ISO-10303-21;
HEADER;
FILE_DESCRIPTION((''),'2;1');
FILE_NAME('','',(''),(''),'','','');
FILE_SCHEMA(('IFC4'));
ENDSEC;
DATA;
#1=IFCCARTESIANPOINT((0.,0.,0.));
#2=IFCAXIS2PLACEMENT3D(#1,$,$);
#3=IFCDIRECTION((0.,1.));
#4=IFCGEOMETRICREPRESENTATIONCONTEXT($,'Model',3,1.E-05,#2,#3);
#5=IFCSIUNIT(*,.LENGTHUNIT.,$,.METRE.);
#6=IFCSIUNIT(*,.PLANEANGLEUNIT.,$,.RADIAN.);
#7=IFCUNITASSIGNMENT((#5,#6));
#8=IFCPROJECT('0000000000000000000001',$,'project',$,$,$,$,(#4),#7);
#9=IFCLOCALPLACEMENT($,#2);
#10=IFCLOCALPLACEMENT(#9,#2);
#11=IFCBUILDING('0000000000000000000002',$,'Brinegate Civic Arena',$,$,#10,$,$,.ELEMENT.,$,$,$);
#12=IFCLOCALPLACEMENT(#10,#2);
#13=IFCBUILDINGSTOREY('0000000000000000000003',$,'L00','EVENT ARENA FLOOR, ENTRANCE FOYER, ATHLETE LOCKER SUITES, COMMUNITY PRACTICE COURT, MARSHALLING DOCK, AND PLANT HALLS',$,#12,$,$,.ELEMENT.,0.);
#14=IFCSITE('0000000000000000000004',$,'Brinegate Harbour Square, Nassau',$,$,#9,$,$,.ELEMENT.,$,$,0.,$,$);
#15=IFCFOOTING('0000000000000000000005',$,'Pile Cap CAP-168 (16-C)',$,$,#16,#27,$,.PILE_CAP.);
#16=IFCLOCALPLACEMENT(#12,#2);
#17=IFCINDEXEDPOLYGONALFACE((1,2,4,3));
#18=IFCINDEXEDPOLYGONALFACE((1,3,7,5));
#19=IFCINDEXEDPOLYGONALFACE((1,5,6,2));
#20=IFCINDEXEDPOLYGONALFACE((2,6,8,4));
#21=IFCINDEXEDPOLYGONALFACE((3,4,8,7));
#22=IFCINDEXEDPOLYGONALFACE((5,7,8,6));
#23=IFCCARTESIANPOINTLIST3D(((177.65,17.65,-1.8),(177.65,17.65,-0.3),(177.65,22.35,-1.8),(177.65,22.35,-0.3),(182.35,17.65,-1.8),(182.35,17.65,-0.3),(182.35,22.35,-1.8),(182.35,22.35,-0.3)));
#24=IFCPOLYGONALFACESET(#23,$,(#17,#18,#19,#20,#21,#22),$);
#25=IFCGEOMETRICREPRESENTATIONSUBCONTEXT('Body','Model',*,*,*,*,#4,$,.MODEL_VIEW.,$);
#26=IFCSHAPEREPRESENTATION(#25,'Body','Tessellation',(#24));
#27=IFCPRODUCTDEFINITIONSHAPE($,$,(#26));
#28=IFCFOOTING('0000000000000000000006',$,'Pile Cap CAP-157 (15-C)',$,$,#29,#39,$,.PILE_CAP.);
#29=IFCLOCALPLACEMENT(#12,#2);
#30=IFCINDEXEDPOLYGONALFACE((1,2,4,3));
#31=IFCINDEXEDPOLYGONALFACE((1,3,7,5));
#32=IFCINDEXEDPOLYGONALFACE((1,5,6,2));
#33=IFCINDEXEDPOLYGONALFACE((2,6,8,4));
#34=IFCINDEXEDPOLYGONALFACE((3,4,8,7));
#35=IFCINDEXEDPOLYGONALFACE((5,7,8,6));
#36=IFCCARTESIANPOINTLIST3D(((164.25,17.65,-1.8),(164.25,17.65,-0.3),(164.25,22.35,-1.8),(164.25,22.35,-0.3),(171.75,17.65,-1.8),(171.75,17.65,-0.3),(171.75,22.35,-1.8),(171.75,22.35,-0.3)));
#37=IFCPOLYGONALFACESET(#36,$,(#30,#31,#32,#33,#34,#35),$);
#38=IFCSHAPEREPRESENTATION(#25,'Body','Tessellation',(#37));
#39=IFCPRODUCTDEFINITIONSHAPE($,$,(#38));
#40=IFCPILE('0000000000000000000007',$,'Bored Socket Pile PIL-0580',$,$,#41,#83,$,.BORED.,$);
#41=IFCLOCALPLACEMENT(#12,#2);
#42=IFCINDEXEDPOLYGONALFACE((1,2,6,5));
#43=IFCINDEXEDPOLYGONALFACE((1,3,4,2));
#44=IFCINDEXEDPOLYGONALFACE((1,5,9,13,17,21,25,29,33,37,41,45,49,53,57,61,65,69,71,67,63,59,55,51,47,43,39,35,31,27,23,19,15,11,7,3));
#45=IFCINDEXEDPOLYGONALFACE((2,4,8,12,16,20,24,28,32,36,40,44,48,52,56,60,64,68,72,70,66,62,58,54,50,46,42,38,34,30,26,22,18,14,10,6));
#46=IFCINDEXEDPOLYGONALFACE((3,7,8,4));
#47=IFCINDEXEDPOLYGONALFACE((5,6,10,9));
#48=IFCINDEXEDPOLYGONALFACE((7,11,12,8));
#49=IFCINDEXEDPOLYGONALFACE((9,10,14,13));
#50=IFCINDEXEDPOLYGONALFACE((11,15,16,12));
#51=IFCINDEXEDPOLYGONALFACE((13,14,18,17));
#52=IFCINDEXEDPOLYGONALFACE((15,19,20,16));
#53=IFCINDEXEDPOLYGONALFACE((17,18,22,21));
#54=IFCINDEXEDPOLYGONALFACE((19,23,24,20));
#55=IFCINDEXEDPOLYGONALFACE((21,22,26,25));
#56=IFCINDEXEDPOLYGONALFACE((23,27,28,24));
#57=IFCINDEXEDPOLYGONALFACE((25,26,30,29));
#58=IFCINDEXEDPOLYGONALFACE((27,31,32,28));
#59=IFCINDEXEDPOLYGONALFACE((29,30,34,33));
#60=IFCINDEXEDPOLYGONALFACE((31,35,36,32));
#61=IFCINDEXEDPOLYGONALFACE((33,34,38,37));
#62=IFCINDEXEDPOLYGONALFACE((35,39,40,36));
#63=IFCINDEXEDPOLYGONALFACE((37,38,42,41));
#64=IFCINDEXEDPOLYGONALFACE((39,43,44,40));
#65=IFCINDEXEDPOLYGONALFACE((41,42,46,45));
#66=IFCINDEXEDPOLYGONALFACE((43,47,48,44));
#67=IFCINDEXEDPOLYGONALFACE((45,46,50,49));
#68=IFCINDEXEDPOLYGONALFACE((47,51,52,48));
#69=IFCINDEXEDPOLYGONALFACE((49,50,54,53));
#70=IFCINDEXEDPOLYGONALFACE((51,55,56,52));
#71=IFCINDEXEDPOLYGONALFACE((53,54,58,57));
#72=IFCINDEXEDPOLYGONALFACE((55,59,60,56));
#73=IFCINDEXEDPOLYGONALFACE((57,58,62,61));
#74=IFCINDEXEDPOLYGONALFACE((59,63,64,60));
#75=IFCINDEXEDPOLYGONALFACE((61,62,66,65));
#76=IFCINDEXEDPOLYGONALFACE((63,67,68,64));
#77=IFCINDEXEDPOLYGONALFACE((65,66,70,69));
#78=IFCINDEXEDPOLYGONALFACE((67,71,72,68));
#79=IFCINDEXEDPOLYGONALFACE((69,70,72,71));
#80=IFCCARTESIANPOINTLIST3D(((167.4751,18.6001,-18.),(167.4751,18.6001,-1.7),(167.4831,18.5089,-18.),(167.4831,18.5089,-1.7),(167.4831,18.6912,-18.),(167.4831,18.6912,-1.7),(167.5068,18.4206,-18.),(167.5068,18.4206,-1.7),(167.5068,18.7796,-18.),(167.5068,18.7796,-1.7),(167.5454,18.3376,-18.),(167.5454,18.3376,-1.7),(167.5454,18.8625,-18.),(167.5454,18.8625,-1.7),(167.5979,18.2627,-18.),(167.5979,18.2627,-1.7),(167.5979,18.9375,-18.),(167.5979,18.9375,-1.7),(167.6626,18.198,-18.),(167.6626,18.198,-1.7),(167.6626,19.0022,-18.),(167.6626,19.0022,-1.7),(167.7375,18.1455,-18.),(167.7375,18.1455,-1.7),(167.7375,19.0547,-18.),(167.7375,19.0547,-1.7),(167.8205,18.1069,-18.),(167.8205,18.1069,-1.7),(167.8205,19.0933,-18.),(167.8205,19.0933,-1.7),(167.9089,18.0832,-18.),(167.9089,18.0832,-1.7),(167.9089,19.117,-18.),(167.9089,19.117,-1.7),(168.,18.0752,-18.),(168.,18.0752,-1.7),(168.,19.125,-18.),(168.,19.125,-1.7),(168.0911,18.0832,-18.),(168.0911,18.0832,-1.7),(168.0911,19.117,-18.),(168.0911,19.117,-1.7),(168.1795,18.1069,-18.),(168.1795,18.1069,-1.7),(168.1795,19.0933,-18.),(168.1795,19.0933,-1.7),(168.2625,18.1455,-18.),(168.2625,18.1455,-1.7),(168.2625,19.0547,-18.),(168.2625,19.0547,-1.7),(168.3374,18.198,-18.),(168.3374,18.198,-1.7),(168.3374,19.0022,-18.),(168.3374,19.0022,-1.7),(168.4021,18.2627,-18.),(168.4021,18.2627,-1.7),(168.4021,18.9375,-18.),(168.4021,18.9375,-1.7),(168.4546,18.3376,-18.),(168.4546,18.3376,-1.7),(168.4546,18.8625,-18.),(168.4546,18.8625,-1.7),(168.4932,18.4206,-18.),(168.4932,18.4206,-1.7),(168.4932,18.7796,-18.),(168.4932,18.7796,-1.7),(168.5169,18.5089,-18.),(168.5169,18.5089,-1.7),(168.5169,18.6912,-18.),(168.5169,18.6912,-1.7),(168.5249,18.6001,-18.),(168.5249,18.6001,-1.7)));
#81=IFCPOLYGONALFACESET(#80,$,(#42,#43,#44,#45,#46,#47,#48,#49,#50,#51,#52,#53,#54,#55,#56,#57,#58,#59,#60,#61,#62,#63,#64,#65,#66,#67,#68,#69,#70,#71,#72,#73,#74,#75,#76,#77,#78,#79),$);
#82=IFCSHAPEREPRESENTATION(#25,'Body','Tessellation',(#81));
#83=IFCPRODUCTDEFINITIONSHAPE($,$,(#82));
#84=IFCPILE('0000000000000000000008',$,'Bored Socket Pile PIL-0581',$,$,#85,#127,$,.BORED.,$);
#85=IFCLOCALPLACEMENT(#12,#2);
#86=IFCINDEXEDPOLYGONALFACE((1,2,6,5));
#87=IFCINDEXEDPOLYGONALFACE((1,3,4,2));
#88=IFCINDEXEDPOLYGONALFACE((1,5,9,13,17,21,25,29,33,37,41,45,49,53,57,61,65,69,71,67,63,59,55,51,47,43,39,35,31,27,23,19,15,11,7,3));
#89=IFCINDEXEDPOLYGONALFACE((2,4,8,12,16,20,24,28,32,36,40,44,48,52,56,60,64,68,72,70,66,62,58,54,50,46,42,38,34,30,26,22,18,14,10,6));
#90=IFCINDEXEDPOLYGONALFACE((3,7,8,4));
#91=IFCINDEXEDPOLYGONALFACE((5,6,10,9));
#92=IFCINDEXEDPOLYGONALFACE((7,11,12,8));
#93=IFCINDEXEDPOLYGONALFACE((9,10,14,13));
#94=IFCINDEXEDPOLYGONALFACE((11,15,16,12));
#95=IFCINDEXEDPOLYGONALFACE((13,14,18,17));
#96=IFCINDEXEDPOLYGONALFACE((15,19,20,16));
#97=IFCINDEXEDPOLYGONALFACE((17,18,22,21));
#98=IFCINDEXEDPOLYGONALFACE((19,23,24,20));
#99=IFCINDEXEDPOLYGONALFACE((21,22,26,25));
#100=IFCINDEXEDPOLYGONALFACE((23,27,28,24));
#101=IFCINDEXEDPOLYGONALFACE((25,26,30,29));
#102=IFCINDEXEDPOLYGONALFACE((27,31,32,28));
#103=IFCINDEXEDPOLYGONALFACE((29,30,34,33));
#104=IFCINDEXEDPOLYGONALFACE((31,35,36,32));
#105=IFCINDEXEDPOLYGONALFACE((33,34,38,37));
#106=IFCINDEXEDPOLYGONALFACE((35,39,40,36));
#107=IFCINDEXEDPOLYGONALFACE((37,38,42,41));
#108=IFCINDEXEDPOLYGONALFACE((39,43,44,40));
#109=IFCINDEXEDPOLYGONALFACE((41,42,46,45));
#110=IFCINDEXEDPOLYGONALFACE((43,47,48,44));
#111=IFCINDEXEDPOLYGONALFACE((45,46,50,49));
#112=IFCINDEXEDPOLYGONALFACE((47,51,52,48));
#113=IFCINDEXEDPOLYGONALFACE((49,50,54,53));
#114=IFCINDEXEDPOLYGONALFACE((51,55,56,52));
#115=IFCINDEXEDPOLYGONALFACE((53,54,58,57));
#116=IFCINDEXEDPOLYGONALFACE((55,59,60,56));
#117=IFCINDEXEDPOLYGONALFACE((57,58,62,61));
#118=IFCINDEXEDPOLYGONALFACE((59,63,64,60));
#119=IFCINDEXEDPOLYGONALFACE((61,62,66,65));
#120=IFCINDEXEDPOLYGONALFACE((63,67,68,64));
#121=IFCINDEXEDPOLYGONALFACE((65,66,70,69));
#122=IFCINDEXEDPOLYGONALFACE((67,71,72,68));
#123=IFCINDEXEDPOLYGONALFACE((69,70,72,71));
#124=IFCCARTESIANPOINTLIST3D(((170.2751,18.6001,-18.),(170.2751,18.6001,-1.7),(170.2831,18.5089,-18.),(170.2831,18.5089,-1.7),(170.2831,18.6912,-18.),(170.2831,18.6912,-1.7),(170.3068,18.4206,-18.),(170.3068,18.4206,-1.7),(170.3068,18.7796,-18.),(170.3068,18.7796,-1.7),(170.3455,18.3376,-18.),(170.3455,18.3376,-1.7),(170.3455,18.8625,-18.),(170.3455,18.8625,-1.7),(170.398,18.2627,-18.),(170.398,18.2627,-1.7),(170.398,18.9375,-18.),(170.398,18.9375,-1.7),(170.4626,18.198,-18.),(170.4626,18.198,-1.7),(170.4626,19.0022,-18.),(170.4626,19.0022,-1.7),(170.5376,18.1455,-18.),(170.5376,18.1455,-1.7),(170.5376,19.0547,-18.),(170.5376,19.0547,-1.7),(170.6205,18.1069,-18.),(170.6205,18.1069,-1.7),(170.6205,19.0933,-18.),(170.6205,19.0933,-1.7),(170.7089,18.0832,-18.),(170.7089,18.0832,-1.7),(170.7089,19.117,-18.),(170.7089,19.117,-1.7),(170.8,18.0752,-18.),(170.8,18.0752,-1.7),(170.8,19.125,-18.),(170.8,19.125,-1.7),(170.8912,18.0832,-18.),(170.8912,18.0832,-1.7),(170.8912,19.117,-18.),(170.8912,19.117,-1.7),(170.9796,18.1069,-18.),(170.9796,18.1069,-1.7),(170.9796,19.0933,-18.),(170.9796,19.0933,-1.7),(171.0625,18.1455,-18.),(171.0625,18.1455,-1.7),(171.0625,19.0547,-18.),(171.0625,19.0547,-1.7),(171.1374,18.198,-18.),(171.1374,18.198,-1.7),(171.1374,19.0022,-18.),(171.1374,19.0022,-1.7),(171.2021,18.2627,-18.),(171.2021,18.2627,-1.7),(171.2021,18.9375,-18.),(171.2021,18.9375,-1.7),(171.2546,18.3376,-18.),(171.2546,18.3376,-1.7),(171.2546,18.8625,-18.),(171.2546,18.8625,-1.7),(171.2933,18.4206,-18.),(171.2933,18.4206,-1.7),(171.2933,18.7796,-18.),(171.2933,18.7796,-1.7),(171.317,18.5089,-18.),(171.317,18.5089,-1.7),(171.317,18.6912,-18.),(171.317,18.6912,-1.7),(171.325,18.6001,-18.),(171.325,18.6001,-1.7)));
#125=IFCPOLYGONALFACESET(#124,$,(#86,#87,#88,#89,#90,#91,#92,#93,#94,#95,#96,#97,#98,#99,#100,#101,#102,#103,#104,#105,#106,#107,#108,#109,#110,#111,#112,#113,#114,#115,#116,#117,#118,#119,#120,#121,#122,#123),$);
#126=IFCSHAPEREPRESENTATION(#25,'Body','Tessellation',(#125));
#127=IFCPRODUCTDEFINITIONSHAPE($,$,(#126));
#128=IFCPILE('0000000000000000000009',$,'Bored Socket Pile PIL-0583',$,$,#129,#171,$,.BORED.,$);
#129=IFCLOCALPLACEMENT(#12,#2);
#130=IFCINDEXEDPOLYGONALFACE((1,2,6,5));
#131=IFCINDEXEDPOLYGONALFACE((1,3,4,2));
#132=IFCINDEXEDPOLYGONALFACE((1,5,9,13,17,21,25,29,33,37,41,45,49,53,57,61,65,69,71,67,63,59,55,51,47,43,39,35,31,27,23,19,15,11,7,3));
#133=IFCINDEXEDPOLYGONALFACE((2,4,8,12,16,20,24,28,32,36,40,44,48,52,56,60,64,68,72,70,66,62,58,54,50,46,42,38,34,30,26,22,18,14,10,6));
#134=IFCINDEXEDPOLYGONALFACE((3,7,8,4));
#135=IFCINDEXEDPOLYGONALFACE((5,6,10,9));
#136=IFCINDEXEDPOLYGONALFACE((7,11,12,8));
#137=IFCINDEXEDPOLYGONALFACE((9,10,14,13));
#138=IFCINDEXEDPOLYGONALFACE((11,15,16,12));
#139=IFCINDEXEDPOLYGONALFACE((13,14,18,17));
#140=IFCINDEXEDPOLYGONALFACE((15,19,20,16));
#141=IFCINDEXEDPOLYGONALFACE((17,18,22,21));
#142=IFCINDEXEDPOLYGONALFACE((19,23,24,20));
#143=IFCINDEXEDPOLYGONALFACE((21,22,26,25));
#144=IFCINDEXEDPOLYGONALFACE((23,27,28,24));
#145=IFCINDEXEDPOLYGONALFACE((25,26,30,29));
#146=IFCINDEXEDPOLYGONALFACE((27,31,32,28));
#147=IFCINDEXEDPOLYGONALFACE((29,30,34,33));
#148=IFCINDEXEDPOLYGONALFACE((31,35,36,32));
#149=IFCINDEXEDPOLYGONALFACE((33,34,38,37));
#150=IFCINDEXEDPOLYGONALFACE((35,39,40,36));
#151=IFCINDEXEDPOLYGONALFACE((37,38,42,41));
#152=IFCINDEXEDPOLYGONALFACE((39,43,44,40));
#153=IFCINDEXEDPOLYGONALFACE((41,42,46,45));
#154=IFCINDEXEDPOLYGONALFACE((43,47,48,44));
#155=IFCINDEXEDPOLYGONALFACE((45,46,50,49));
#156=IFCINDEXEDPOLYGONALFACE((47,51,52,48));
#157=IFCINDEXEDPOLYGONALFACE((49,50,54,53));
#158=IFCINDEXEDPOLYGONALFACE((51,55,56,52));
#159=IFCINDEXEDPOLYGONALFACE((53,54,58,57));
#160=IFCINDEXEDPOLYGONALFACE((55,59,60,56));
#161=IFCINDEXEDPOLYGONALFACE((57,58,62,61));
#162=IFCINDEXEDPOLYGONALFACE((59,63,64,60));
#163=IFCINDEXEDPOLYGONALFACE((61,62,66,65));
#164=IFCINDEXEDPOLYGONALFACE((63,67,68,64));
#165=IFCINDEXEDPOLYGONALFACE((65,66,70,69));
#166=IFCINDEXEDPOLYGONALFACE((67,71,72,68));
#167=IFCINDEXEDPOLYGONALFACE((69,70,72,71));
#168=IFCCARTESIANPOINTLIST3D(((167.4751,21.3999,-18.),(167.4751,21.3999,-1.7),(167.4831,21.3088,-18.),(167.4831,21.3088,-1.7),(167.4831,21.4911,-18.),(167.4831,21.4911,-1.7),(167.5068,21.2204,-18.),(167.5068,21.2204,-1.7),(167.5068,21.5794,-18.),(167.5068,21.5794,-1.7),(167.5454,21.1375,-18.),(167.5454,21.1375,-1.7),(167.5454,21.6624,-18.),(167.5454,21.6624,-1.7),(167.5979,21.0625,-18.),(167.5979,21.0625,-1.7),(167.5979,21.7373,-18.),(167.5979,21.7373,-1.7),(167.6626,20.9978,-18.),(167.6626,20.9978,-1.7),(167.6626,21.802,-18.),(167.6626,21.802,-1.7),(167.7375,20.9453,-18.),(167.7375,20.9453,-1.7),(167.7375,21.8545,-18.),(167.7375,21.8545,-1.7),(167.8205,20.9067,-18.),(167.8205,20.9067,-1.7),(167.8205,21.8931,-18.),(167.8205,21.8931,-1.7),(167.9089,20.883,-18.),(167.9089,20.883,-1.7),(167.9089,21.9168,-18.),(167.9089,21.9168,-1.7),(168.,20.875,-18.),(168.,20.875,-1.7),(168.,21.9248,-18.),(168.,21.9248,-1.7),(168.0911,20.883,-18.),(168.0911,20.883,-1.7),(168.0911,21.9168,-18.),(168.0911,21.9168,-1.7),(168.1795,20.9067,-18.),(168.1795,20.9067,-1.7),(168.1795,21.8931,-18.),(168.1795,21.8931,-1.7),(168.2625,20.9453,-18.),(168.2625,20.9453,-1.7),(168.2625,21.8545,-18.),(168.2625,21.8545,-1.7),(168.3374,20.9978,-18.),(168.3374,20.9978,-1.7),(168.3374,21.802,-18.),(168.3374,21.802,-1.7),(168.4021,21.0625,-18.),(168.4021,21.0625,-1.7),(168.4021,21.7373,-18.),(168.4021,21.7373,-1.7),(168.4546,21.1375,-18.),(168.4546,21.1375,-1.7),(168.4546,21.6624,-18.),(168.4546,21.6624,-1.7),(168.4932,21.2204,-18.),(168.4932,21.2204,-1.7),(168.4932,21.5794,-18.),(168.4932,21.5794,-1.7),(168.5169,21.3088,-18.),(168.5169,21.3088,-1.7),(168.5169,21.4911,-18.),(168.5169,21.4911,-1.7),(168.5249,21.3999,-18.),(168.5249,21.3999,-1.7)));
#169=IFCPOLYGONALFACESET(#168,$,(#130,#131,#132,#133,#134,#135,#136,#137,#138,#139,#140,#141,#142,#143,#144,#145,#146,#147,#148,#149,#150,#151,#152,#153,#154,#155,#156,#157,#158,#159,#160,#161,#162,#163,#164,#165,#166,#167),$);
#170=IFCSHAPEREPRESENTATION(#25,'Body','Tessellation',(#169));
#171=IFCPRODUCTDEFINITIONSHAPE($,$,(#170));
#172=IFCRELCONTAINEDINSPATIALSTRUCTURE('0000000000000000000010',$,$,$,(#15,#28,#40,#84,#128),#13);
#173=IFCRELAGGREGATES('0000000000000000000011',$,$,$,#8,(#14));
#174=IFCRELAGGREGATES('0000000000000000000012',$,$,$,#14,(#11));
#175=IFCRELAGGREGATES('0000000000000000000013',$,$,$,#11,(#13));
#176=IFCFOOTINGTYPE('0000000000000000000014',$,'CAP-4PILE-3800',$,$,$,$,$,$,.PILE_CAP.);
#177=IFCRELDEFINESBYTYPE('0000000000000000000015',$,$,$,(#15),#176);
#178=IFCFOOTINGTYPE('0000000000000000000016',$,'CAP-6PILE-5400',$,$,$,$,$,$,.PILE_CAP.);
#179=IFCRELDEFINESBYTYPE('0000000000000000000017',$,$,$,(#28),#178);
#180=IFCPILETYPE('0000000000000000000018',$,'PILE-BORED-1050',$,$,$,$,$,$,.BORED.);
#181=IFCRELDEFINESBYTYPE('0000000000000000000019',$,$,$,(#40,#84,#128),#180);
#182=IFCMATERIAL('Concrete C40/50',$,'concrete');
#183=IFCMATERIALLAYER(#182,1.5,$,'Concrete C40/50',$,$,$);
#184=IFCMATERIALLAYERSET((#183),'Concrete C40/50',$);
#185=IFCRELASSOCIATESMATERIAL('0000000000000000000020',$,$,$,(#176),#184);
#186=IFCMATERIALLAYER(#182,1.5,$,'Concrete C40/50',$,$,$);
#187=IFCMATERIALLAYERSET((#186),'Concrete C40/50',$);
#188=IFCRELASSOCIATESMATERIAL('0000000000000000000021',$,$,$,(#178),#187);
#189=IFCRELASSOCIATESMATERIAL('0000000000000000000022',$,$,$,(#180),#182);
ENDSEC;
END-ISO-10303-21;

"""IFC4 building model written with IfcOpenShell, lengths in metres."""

from ifc_helpers import new_model, si_unit, direction, frame, origin, origin_2d, place, context, subcontext, project, spatial, rectangle, circle, extrude, material, layer, layer_set, material_profile, profile_set, type_object, element, save


model = new_model("IFC4")

# Units and contexts
model_context = context("Model", 3, precision=1e-05, world=origin(), true_north=direction((0.0, 1.0)))
body_context = subcontext(model_context, "Body", "Model", "MODEL_VIEW")
ifc_project = project(units=[si_unit("LENGTHUNIT", "METRE"), si_unit("PLANEANGLEUNIT", "RADIAN")], contexts=[model_context])

# Site, building, storey
site_placement = place(None, origin())
site = spatial("IfcSite", under=ifc_project, at=site_placement, Name="Brinegate Harbour Square, Nassau", CompositionType="ELEMENT", RefElevation=0.0)
building_placement = place(site_placement, origin())
building = spatial("IfcBuilding", under=site, at=building_placement, Name="Brinegate Civic Arena", CompositionType="ELEMENT")
storey_placement = place(building_placement, origin())
storey = spatial("IfcBuildingStorey", under=building, at=storey_placement, Name="L00", Description="EVENT ARENA FLOOR, ENTRANCE FOYER, ATHLETE LOCKER SUITES, COMMUNITY PRACTICE COURT, MARSHALLING DOCK, AND PLANT HALLS", CompositionType="ELEMENT", Elevation=0.0)

# Footings
ifc_material_1 = material(Name="Concrete C40/50", Category="concrete")
ifc_layer_1 = layer(ifc_material_1, 1.5, Name="Concrete C40/50")
ifc_layer_set_1 = layer_set([ifc_layer_1], Name="Concrete C40/50")
footing_type_1 = type_object("IfcFootingType", Name="CAP-4PILE-3800", PredefinedType="PILE_CAP", material=ifc_layer_set_1)
footing_1_placement = place(storey_placement, frame((180.0, 20.0, -1.8), z_axis=(0.0, 0.0, 1.0), x_axis=(1.0, 0.0, 0.0)))
element("IfcFooting", 1, at=footing_1_placement, inside=storey, type_object=footing_type_1, Name="Pile Cap CAP-168 (16-C)", PredefinedType="PILE_CAP", context=body_context, shape_type="SweptSolid", body=[
    extrude(rectangle(XDim=4.7, YDim=4.7, at=origin_2d()), origin(), (0.0, 0.0, 1.0), 1.5),
])
ifc_layer_2 = layer(ifc_material_1, 1.5, Name="Concrete C40/50")
ifc_layer_set_2 = layer_set([ifc_layer_2], Name="Concrete C40/50")
footing_type_2 = type_object("IfcFootingType", Name="CAP-6PILE-5400", PredefinedType="PILE_CAP", material=ifc_layer_set_2)
footing_2_placement = place(storey_placement, frame((168.0, 20.0, -1.8), z_axis=(0.0, 0.0, 1.0), x_axis=(1.0, 0.0, 0.0)))
element("IfcFooting", 2, at=footing_2_placement, inside=storey, type_object=footing_type_2, Name="Pile Cap CAP-157 (15-C)", PredefinedType="PILE_CAP", context=body_context, shape_type="SweptSolid", body=[
    extrude(rectangle(XDim=7.5, YDim=4.7, at=origin_2d()), origin(), (0.0, 0.0, 1.0), 1.5),
])

# Piles
ifc_material_profile_1 = material_profile(ifc_material_1, circle(Radius=0.5249, at=origin_2d()), Name="PILED1050")
ifc_profile_set_1 = profile_set([ifc_material_profile_1], Name="Concrete C40/50")
pile_type_1 = type_object("IfcPileType", Name="PILE-BORED-1050", PredefinedType="BORED", material=ifc_profile_set_1)
for number, where, z_axis, x_axis, name in (
    (3, (168.0, 18.6001, -1.7), (0.0, 0.0, -1.0), (1.0, 0.0, 0.0), "Bored Socket Pile PIL-0580"),
    (4, (170.8, 18.6001, -1.7), (0.0, 0.0, -1.0), (1.0, 0.0, 0.0), "Bored Socket Pile PIL-0581"),
    (5, (168.0, 21.3999, -1.7), (0.0, 0.0, -1.0), (1.0, 0.0, 0.0), "Bored Socket Pile PIL-0583"),
):
    element("IfcPile", number, at=place(storey_placement, frame(where, z_axis=z_axis, x_axis=x_axis)), inside=storey, type_object=pile_type_1, Name=name, PredefinedType="BORED", context=body_context, shape_type="SweptSolid", body=[
        extrude(circle(Radius=0.5249, at=origin_2d()), origin(), (0.0, 0.0, 1.0), 16.3),
    ])

save(model, "model.ifc")
